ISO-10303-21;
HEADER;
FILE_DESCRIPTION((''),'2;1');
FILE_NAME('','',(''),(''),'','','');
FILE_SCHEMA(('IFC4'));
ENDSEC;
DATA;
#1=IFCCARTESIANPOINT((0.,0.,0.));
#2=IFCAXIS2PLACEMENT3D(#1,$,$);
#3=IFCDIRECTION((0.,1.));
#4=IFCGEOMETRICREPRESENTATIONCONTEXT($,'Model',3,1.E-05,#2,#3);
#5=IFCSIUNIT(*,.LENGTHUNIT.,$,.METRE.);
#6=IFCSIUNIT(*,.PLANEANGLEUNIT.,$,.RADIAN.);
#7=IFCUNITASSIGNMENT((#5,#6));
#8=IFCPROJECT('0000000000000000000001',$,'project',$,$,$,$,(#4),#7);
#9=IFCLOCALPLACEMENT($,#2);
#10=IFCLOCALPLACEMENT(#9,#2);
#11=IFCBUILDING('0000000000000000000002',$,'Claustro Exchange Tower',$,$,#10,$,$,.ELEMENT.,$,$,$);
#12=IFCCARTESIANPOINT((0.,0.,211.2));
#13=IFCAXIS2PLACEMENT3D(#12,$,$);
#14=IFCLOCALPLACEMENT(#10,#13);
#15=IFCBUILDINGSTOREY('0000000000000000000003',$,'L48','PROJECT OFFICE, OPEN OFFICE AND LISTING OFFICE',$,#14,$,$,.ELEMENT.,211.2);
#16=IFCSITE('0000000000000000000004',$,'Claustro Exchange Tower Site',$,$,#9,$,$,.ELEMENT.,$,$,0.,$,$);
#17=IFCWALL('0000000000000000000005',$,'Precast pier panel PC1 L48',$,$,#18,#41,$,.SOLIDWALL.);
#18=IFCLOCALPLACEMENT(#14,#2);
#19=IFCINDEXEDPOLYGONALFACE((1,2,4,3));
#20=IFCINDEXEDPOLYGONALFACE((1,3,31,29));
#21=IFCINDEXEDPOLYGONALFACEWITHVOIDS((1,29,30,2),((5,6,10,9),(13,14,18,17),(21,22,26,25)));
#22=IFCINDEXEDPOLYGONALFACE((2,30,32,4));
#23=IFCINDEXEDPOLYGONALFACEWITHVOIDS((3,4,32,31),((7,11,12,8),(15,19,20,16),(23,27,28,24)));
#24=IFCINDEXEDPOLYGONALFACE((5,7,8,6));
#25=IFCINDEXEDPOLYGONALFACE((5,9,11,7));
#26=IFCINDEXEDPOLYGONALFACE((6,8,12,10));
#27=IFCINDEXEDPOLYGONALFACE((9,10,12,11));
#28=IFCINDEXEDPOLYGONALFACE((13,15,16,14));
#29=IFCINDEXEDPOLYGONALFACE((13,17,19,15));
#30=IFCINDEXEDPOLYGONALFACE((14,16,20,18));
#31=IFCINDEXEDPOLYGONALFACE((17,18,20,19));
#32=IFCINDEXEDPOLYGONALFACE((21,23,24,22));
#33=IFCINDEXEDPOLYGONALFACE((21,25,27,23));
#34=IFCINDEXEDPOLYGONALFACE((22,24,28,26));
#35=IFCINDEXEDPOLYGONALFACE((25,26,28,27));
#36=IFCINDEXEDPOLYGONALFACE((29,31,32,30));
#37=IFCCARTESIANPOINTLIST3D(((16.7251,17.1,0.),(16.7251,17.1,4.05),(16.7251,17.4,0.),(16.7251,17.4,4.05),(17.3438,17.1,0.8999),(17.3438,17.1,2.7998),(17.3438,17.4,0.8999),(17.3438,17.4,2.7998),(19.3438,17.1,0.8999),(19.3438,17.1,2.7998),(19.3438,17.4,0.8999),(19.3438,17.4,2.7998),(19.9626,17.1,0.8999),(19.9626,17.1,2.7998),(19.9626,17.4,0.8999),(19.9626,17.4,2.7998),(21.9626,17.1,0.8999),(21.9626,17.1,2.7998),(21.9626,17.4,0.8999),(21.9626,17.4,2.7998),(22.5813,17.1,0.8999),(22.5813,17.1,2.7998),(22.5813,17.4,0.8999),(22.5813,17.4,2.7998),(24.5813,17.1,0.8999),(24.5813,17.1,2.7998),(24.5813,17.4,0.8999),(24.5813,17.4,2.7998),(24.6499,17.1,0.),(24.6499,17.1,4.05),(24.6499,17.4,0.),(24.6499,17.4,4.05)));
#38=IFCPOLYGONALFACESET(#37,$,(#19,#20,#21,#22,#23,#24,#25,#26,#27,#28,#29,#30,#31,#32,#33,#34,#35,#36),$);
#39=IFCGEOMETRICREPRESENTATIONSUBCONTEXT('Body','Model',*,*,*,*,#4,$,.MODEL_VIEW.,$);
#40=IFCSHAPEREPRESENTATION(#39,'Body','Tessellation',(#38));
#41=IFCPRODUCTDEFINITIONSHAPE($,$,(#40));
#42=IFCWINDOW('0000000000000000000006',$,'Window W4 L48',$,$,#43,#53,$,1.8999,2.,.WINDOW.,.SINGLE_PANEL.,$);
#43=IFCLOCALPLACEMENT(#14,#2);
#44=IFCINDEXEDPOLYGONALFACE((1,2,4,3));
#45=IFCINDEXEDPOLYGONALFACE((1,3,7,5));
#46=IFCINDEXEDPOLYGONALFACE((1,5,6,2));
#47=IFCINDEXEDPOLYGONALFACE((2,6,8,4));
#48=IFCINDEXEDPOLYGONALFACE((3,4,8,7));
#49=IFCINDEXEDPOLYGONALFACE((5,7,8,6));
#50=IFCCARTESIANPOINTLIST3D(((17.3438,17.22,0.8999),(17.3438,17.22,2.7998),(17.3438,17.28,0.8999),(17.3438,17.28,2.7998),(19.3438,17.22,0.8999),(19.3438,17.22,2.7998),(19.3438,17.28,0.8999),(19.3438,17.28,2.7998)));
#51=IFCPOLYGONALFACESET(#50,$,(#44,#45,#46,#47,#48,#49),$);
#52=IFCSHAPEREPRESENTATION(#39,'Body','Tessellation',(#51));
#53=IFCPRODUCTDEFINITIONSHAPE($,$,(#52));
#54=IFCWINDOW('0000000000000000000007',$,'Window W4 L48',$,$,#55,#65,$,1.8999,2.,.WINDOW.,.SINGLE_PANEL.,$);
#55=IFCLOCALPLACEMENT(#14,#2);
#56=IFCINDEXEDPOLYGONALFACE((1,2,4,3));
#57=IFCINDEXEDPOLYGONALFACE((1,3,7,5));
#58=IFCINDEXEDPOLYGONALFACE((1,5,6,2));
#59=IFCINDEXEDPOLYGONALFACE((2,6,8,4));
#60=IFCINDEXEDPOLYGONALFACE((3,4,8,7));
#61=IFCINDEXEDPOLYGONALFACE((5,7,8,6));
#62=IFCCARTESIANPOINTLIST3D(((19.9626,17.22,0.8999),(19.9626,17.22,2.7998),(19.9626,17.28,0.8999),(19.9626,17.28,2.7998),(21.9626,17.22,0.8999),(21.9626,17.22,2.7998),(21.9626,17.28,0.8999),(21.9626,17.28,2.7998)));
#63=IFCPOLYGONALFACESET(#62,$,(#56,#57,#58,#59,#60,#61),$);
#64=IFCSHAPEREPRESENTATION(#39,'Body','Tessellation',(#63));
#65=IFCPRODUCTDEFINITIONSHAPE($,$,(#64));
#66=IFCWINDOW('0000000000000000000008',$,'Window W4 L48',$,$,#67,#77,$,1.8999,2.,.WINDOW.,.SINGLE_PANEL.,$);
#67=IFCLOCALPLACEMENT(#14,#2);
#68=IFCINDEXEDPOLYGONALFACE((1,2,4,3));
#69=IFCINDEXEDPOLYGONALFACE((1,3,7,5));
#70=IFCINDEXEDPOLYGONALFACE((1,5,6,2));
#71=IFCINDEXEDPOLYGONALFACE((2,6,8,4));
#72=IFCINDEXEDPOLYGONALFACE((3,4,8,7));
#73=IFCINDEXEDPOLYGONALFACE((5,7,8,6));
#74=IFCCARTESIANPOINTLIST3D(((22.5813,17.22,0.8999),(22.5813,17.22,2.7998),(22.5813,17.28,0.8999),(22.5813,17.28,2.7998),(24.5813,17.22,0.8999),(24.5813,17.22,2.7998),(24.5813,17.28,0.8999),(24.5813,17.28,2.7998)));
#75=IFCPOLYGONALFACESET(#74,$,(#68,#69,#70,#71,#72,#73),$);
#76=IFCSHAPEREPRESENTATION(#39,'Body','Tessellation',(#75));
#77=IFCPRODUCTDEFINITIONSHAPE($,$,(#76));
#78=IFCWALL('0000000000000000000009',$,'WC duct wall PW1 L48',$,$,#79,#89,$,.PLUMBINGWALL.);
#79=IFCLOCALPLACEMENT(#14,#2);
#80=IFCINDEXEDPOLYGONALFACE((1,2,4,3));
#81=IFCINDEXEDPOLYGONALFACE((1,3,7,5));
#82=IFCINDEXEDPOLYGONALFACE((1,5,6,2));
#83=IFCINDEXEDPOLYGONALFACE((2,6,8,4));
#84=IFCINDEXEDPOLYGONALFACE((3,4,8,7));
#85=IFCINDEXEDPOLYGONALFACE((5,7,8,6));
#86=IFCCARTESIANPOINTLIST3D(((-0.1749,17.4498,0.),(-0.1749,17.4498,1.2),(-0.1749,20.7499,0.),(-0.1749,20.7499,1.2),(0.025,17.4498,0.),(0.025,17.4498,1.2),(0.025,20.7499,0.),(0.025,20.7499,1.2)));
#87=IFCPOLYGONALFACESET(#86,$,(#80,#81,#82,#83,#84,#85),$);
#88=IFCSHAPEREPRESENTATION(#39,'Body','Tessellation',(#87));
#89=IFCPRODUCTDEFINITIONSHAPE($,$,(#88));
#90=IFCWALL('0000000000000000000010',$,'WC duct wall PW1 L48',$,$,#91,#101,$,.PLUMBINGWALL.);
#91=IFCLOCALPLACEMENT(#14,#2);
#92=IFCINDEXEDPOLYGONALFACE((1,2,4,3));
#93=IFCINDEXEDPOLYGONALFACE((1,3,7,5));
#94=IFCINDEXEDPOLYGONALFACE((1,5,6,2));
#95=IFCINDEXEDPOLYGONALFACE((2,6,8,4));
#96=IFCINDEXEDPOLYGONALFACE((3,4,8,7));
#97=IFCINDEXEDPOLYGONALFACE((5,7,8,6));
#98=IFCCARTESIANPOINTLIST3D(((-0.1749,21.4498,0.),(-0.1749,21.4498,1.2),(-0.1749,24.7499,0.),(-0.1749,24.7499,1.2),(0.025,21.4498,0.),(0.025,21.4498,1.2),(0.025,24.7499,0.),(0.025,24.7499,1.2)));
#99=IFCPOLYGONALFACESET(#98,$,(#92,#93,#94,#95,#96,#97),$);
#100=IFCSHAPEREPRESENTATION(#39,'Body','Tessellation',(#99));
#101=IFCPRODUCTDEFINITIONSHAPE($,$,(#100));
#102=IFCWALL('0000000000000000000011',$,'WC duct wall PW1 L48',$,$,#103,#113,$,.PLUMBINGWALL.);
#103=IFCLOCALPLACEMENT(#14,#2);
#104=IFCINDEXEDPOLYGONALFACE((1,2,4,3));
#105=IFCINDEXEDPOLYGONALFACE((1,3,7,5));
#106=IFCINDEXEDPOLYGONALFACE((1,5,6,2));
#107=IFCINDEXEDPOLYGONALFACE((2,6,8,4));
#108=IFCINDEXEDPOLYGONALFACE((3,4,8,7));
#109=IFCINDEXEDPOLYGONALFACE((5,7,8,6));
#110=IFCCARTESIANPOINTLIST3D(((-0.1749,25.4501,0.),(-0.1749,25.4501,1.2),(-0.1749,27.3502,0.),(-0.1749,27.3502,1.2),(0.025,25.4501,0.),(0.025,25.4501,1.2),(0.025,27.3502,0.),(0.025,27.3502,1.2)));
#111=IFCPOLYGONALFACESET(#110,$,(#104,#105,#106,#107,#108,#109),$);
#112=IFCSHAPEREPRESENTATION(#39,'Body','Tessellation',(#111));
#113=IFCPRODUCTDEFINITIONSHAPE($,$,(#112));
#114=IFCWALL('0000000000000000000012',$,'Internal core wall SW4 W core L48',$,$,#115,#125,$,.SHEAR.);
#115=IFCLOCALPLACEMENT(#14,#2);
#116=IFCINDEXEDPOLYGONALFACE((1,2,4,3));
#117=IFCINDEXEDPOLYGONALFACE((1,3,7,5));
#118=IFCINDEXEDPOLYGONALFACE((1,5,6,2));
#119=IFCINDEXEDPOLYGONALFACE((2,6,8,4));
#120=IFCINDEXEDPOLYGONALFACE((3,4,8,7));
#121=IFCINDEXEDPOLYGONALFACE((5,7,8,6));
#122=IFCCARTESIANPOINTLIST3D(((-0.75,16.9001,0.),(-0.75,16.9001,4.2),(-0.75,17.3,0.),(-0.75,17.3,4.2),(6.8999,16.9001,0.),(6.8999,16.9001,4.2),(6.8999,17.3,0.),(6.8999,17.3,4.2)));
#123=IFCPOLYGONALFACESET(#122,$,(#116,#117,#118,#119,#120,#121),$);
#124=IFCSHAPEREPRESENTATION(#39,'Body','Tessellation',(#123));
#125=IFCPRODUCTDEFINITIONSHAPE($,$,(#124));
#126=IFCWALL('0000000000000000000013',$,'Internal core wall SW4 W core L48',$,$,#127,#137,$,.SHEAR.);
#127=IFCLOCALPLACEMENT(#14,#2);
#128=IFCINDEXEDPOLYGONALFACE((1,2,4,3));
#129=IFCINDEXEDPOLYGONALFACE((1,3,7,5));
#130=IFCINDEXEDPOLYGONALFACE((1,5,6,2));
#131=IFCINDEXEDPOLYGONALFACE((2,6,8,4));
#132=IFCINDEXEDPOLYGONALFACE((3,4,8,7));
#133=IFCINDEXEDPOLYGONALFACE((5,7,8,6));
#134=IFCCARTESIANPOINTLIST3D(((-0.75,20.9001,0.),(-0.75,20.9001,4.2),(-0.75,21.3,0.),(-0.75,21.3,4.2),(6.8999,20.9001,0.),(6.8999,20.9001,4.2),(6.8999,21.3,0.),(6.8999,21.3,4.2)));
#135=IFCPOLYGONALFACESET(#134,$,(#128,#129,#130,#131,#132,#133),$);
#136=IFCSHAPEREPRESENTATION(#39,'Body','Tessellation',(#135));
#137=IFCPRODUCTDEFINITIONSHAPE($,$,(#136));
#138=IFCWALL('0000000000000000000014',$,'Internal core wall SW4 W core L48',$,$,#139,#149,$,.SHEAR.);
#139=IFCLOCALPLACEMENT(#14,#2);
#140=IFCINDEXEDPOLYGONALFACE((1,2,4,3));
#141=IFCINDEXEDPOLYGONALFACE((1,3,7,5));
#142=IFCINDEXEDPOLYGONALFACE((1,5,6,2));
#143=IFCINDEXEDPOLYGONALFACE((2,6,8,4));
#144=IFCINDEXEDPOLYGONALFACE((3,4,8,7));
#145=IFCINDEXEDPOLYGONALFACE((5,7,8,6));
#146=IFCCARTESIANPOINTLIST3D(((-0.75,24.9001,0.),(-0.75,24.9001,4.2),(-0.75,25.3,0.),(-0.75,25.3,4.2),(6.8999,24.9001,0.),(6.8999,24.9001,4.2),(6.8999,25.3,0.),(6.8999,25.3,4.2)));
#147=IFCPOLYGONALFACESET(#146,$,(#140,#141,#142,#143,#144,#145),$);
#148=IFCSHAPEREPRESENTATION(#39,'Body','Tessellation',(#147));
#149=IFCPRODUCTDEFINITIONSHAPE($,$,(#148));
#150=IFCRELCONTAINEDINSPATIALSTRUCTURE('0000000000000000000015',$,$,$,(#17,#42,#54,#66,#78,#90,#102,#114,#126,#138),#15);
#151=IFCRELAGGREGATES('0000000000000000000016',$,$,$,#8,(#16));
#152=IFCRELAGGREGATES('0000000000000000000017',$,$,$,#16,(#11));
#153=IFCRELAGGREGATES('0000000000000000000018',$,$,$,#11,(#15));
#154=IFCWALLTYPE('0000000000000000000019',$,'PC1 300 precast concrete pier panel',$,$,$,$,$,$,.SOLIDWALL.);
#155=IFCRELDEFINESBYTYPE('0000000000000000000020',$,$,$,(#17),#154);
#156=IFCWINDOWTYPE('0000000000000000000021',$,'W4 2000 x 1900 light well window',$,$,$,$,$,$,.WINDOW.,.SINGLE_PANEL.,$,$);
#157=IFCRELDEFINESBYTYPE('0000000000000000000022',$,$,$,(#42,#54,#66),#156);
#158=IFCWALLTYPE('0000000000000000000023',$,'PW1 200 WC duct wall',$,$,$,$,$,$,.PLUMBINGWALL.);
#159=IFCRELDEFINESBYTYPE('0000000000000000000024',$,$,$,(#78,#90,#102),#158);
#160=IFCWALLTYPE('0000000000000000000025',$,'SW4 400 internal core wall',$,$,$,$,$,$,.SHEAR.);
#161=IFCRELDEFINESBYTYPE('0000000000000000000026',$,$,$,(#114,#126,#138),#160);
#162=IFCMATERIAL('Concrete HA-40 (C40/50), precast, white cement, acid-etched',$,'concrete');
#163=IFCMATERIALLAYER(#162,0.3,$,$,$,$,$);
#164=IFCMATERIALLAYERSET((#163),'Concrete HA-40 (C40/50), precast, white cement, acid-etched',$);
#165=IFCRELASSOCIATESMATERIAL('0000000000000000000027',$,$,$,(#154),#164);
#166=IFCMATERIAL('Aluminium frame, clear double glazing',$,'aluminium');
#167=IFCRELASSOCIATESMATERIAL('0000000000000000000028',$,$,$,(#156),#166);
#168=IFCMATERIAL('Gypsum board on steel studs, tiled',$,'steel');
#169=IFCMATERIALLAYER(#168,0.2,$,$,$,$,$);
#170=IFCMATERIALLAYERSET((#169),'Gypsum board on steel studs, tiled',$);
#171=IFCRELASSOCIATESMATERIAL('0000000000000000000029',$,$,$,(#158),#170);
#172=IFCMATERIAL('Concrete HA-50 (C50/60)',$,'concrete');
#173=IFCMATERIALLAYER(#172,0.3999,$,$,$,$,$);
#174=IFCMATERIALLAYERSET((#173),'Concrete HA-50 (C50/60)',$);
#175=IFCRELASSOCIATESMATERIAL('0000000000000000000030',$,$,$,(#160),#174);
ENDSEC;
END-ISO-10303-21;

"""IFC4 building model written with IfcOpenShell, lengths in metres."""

from ifc_helpers import new_model, si_unit, direction, frame, frame_2d, origin, place, context, subcontext, project, spatial, rectangle, extrude, material, layer, layer_set, type_object, element, fill, save


model = new_model("IFC4")

# Units and contexts
model_context = context("Model", 3, precision=1e-05, world=origin(), true_north=direction((0.0, 1.0)))
body_context = subcontext(model_context, "Body", "Model", "MODEL_VIEW")
ifc_project = project(units=[si_unit("LENGTHUNIT", "METRE"), si_unit("PLANEANGLEUNIT", "RADIAN")], contexts=[model_context])

# Site, building, storey
site_placement = place(None, origin())
site = spatial("IfcSite", under=ifc_project, at=site_placement, Name="Claustro Exchange Tower Site", CompositionType="ELEMENT", RefElevation=0.0)
building_placement = place(site_placement, origin())
building = spatial("IfcBuilding", under=site, at=building_placement, Name="Claustro Exchange Tower", CompositionType="ELEMENT")
storey_placement = place(building_placement, frame((0.0, 0.0, 211.2)))
storey = spatial("IfcBuildingStorey", under=building, at=storey_placement, Name="L48", Description="PROJECT OFFICE, OPEN OFFICE AND LISTING OFFICE", CompositionType="ELEMENT", Elevation=211.2)

# Wall, openings, windows
ifc_material_1 = material(Name="Concrete HA-40 (C40/50), precast, white cement, acid-etched", Category="concrete")
ifc_layer_1 = layer(ifc_material_1, 0.3)
ifc_layer_set_1 = layer_set([ifc_layer_1], Name="Concrete HA-40 (C40/50), precast, white cement, acid-etched")
wall_type_1 = type_object("IfcWallType", Name="PC1 300 precast concrete pier panel", PredefinedType="SOLIDWALL", material=ifc_layer_set_1)
ifc_material_2 = material(Name="Aluminium frame, clear double glazing", Category="aluminium")
window_type = type_object("IfcWindowType", Name="W4 2000 x 1900 light well window", PartitioningType="SINGLE_PANEL", PredefinedType="WINDOW", material=ifc_material_2)
wall_1_placement = place(storey_placement, frame((16.7251, 17.25, 0.0), z_axis=(0.0, 0.0, 1.0), x_axis=(1.0, 0.0, 0.0)))
wall_1 = element("IfcWall", 1, at=wall_1_placement, inside=storey, type_object=wall_type_1, Name="Precast pier panel PC1 L48", PredefinedType="SOLIDWALL", context=body_context, shape_type="SweptSolid", body=[
    extrude(rectangle(XDim=7.9248, YDim=0.3, at=frame_2d((3.9624, 0.0))), origin(), (0.0, 0.0, 1.0), 4.05),
])
opening_1_placement = place(wall_1_placement, frame((0.6187, 0.0, 0.8999)))
opening_1 = element("IfcOpeningElement", 2, at=opening_1_placement, cuts=wall_1, PredefinedType="OPENING", context=body_context, shape_type="SweptSolid", body=[
    extrude(rectangle(XDim=2.0, YDim=1.8999, at=frame_2d((1.0, 0.95))), frame((0.0, 0.1599, 0.0), z_axis=(0.0, -1.0, 0.0), x_axis=(1.0, 0.0, 0.0)), (0.0, 0.0, 1.0), 0.3201),
])
opening_2_placement = place(wall_1_placement, frame((3.2375, 0.0, 0.8999)))
opening_2 = element("IfcOpeningElement", 3, at=opening_2_placement, cuts=wall_1, PredefinedType="OPENING", context=body_context, shape_type="SweptSolid", body=[
    extrude(rectangle(XDim=2.0, YDim=1.8999, at=frame_2d((1.0, 0.95))), frame((0.0, 0.1599, 0.0), z_axis=(0.0, -1.0, 0.0), x_axis=(1.0, 0.0, 0.0)), (0.0, 0.0, 1.0), 0.3201),
])
opening_3_placement = place(wall_1_placement, frame((5.8562, 0.0, 0.8999)))
opening_3 = element("IfcOpeningElement", 4, at=opening_3_placement, cuts=wall_1, PredefinedType="OPENING", context=body_context, shape_type="SweptSolid", body=[
    extrude(rectangle(XDim=2.0, YDim=1.8999, at=frame_2d((1.0, 0.95))), frame((0.0, 0.1599, 0.0), z_axis=(0.0, -1.0, 0.0), x_axis=(1.0, 0.0, 0.0)), (0.0, 0.0, 1.0), 0.3201),
])
window_1_placement = place(opening_1_placement, origin())
window_1 = element("IfcWindow", 5, at=window_1_placement, inside=storey, type_object=window_type, Name="Window W4 L48", OverallHeight=1.8999, OverallWidth=2.0, PartitioningType="SINGLE_PANEL", PredefinedType="WINDOW", context=body_context, shape_type="SweptSolid", body=[
    extrude(rectangle(XDim=2.0, YDim=1.8999, at=frame_2d((1.0, 0.95))), frame((0.0, 0.03, 0.0), z_axis=(0.0, -1.0, 0.0), x_axis=(1.0, 0.0, 0.0)), (0.0, 0.0, 1.0), 0.0601),
])
fill(opening_1, window_1)
window_2_placement = place(opening_2_placement, origin())
window_2 = element("IfcWindow", 6, at=window_2_placement, inside=storey, type_object=window_type, Name="Window W4 L48", OverallHeight=1.8999, OverallWidth=2.0, PartitioningType="SINGLE_PANEL", PredefinedType="WINDOW", context=body_context, shape_type="SweptSolid", body=[
    extrude(rectangle(XDim=2.0, YDim=1.8999, at=frame_2d((1.0, 0.95))), frame((0.0, 0.03, 0.0), z_axis=(0.0, -1.0, 0.0), x_axis=(1.0, 0.0, 0.0)), (0.0, 0.0, 1.0), 0.0601),
])
fill(opening_2, window_2)
window_3_placement = place(opening_3_placement, origin())
window_3 = element("IfcWindow", 7, at=window_3_placement, inside=storey, type_object=window_type, Name="Window W4 L48", OverallHeight=1.8999, OverallWidth=2.0, PartitioningType="SINGLE_PANEL", PredefinedType="WINDOW", context=body_context, shape_type="SweptSolid", body=[
    extrude(rectangle(XDim=2.0, YDim=1.8999, at=frame_2d((1.0, 0.95))), frame((0.0, 0.03, 0.0), z_axis=(0.0, -1.0, 0.0), x_axis=(1.0, 0.0, 0.0)), (0.0, 0.0, 1.0), 0.0601),
])
fill(opening_3, window_3)

# Walls
ifc_material_3 = material(Name="Gypsum board on steel studs, tiled", Category="steel")
ifc_layer_2 = layer(ifc_material_3, 0.2)
ifc_layer_set_2 = layer_set([ifc_layer_2], Name="Gypsum board on steel studs, tiled")
wall_type_2 = type_object("IfcWallType", Name="PW1 200 WC duct wall", PredefinedType="PLUMBINGWALL", material=ifc_layer_set_2)
for number, where, z_axis, x_axis, name in (
    (8, (-0.075, 17.45, 0.0), (0.0, 0.0, 1.0), (0.0, 1.0, 0.0), "WC duct wall PW1 L48"),
    (9, (-0.075, 21.45, 0.0), (0.0, 0.0, 1.0), (0.0, 1.0, 0.0), "WC duct wall PW1 L48"),
):
    element("IfcWall", number, at=place(storey_placement, frame(where, z_axis=z_axis, x_axis=x_axis)), inside=storey, type_object=wall_type_2, Name=name, PredefinedType="PLUMBINGWALL", context=body_context, shape_type="SweptSolid", body=[
        extrude(rectangle(XDim=3.3, YDim=0.2, at=frame_2d((1.6499, 0.0))), origin(), (0.0, 0.0, 1.0), 1.2),
    ])
wall_2_placement = place(storey_placement, frame((-0.075, 25.45, 0.0), z_axis=(0.0, 0.0, 1.0), x_axis=(0.0, 1.0, 0.0)))
element("IfcWall", 10, at=wall_2_placement, inside=storey, type_object=wall_type_2, Name="WC duct wall PW1 L48", PredefinedType="PLUMBINGWALL", context=body_context, shape_type="SweptSolid", body=[
    extrude(rectangle(XDim=1.9001, YDim=0.2, at=frame_2d((0.9502, 0.0))), origin(), (0.0, 0.0, 1.0), 1.2),
])
ifc_material_4 = material(Name="Concrete HA-50 (C50/60)", Category="concrete")
ifc_layer_3 = layer(ifc_material_4, 0.3999)
ifc_layer_set_3 = layer_set([ifc_layer_3], Name="Concrete HA-50 (C50/60)")
wall_type_3 = type_object("IfcWallType", Name="SW4 400 internal core wall", PredefinedType="SHEAR", material=ifc_layer_set_3)
for number, where, z_axis, x_axis, name in (
    (11, (-0.75, 17.1001, 0.0), (0.0, 0.0, 1.0), (1.0, 0.0, 0.0), "Internal core wall SW4 W core L48"),
    (12, (-0.75, 21.1001, 0.0), (0.0, 0.0, 1.0), (1.0, 0.0, 0.0), "Internal core wall SW4 W core L48"),
    (13, (-0.75, 25.1001, 0.0), (0.0, 0.0, 1.0), (1.0, 0.0, 0.0), "Internal core wall SW4 W core L48"),
):
    element("IfcWall", number, at=place(storey_placement, frame(where, z_axis=z_axis, x_axis=x_axis)), inside=storey, type_object=wall_type_3, Name=name, PredefinedType="SHEAR", context=body_context, shape_type="SweptSolid", body=[
        extrude(rectangle(XDim=7.6499, YDim=0.3999, at=frame_2d((3.825, 0.0))), origin(), (0.0, 0.0, 1.0), 4.2),
    ])

save(model, "model.ifc")
